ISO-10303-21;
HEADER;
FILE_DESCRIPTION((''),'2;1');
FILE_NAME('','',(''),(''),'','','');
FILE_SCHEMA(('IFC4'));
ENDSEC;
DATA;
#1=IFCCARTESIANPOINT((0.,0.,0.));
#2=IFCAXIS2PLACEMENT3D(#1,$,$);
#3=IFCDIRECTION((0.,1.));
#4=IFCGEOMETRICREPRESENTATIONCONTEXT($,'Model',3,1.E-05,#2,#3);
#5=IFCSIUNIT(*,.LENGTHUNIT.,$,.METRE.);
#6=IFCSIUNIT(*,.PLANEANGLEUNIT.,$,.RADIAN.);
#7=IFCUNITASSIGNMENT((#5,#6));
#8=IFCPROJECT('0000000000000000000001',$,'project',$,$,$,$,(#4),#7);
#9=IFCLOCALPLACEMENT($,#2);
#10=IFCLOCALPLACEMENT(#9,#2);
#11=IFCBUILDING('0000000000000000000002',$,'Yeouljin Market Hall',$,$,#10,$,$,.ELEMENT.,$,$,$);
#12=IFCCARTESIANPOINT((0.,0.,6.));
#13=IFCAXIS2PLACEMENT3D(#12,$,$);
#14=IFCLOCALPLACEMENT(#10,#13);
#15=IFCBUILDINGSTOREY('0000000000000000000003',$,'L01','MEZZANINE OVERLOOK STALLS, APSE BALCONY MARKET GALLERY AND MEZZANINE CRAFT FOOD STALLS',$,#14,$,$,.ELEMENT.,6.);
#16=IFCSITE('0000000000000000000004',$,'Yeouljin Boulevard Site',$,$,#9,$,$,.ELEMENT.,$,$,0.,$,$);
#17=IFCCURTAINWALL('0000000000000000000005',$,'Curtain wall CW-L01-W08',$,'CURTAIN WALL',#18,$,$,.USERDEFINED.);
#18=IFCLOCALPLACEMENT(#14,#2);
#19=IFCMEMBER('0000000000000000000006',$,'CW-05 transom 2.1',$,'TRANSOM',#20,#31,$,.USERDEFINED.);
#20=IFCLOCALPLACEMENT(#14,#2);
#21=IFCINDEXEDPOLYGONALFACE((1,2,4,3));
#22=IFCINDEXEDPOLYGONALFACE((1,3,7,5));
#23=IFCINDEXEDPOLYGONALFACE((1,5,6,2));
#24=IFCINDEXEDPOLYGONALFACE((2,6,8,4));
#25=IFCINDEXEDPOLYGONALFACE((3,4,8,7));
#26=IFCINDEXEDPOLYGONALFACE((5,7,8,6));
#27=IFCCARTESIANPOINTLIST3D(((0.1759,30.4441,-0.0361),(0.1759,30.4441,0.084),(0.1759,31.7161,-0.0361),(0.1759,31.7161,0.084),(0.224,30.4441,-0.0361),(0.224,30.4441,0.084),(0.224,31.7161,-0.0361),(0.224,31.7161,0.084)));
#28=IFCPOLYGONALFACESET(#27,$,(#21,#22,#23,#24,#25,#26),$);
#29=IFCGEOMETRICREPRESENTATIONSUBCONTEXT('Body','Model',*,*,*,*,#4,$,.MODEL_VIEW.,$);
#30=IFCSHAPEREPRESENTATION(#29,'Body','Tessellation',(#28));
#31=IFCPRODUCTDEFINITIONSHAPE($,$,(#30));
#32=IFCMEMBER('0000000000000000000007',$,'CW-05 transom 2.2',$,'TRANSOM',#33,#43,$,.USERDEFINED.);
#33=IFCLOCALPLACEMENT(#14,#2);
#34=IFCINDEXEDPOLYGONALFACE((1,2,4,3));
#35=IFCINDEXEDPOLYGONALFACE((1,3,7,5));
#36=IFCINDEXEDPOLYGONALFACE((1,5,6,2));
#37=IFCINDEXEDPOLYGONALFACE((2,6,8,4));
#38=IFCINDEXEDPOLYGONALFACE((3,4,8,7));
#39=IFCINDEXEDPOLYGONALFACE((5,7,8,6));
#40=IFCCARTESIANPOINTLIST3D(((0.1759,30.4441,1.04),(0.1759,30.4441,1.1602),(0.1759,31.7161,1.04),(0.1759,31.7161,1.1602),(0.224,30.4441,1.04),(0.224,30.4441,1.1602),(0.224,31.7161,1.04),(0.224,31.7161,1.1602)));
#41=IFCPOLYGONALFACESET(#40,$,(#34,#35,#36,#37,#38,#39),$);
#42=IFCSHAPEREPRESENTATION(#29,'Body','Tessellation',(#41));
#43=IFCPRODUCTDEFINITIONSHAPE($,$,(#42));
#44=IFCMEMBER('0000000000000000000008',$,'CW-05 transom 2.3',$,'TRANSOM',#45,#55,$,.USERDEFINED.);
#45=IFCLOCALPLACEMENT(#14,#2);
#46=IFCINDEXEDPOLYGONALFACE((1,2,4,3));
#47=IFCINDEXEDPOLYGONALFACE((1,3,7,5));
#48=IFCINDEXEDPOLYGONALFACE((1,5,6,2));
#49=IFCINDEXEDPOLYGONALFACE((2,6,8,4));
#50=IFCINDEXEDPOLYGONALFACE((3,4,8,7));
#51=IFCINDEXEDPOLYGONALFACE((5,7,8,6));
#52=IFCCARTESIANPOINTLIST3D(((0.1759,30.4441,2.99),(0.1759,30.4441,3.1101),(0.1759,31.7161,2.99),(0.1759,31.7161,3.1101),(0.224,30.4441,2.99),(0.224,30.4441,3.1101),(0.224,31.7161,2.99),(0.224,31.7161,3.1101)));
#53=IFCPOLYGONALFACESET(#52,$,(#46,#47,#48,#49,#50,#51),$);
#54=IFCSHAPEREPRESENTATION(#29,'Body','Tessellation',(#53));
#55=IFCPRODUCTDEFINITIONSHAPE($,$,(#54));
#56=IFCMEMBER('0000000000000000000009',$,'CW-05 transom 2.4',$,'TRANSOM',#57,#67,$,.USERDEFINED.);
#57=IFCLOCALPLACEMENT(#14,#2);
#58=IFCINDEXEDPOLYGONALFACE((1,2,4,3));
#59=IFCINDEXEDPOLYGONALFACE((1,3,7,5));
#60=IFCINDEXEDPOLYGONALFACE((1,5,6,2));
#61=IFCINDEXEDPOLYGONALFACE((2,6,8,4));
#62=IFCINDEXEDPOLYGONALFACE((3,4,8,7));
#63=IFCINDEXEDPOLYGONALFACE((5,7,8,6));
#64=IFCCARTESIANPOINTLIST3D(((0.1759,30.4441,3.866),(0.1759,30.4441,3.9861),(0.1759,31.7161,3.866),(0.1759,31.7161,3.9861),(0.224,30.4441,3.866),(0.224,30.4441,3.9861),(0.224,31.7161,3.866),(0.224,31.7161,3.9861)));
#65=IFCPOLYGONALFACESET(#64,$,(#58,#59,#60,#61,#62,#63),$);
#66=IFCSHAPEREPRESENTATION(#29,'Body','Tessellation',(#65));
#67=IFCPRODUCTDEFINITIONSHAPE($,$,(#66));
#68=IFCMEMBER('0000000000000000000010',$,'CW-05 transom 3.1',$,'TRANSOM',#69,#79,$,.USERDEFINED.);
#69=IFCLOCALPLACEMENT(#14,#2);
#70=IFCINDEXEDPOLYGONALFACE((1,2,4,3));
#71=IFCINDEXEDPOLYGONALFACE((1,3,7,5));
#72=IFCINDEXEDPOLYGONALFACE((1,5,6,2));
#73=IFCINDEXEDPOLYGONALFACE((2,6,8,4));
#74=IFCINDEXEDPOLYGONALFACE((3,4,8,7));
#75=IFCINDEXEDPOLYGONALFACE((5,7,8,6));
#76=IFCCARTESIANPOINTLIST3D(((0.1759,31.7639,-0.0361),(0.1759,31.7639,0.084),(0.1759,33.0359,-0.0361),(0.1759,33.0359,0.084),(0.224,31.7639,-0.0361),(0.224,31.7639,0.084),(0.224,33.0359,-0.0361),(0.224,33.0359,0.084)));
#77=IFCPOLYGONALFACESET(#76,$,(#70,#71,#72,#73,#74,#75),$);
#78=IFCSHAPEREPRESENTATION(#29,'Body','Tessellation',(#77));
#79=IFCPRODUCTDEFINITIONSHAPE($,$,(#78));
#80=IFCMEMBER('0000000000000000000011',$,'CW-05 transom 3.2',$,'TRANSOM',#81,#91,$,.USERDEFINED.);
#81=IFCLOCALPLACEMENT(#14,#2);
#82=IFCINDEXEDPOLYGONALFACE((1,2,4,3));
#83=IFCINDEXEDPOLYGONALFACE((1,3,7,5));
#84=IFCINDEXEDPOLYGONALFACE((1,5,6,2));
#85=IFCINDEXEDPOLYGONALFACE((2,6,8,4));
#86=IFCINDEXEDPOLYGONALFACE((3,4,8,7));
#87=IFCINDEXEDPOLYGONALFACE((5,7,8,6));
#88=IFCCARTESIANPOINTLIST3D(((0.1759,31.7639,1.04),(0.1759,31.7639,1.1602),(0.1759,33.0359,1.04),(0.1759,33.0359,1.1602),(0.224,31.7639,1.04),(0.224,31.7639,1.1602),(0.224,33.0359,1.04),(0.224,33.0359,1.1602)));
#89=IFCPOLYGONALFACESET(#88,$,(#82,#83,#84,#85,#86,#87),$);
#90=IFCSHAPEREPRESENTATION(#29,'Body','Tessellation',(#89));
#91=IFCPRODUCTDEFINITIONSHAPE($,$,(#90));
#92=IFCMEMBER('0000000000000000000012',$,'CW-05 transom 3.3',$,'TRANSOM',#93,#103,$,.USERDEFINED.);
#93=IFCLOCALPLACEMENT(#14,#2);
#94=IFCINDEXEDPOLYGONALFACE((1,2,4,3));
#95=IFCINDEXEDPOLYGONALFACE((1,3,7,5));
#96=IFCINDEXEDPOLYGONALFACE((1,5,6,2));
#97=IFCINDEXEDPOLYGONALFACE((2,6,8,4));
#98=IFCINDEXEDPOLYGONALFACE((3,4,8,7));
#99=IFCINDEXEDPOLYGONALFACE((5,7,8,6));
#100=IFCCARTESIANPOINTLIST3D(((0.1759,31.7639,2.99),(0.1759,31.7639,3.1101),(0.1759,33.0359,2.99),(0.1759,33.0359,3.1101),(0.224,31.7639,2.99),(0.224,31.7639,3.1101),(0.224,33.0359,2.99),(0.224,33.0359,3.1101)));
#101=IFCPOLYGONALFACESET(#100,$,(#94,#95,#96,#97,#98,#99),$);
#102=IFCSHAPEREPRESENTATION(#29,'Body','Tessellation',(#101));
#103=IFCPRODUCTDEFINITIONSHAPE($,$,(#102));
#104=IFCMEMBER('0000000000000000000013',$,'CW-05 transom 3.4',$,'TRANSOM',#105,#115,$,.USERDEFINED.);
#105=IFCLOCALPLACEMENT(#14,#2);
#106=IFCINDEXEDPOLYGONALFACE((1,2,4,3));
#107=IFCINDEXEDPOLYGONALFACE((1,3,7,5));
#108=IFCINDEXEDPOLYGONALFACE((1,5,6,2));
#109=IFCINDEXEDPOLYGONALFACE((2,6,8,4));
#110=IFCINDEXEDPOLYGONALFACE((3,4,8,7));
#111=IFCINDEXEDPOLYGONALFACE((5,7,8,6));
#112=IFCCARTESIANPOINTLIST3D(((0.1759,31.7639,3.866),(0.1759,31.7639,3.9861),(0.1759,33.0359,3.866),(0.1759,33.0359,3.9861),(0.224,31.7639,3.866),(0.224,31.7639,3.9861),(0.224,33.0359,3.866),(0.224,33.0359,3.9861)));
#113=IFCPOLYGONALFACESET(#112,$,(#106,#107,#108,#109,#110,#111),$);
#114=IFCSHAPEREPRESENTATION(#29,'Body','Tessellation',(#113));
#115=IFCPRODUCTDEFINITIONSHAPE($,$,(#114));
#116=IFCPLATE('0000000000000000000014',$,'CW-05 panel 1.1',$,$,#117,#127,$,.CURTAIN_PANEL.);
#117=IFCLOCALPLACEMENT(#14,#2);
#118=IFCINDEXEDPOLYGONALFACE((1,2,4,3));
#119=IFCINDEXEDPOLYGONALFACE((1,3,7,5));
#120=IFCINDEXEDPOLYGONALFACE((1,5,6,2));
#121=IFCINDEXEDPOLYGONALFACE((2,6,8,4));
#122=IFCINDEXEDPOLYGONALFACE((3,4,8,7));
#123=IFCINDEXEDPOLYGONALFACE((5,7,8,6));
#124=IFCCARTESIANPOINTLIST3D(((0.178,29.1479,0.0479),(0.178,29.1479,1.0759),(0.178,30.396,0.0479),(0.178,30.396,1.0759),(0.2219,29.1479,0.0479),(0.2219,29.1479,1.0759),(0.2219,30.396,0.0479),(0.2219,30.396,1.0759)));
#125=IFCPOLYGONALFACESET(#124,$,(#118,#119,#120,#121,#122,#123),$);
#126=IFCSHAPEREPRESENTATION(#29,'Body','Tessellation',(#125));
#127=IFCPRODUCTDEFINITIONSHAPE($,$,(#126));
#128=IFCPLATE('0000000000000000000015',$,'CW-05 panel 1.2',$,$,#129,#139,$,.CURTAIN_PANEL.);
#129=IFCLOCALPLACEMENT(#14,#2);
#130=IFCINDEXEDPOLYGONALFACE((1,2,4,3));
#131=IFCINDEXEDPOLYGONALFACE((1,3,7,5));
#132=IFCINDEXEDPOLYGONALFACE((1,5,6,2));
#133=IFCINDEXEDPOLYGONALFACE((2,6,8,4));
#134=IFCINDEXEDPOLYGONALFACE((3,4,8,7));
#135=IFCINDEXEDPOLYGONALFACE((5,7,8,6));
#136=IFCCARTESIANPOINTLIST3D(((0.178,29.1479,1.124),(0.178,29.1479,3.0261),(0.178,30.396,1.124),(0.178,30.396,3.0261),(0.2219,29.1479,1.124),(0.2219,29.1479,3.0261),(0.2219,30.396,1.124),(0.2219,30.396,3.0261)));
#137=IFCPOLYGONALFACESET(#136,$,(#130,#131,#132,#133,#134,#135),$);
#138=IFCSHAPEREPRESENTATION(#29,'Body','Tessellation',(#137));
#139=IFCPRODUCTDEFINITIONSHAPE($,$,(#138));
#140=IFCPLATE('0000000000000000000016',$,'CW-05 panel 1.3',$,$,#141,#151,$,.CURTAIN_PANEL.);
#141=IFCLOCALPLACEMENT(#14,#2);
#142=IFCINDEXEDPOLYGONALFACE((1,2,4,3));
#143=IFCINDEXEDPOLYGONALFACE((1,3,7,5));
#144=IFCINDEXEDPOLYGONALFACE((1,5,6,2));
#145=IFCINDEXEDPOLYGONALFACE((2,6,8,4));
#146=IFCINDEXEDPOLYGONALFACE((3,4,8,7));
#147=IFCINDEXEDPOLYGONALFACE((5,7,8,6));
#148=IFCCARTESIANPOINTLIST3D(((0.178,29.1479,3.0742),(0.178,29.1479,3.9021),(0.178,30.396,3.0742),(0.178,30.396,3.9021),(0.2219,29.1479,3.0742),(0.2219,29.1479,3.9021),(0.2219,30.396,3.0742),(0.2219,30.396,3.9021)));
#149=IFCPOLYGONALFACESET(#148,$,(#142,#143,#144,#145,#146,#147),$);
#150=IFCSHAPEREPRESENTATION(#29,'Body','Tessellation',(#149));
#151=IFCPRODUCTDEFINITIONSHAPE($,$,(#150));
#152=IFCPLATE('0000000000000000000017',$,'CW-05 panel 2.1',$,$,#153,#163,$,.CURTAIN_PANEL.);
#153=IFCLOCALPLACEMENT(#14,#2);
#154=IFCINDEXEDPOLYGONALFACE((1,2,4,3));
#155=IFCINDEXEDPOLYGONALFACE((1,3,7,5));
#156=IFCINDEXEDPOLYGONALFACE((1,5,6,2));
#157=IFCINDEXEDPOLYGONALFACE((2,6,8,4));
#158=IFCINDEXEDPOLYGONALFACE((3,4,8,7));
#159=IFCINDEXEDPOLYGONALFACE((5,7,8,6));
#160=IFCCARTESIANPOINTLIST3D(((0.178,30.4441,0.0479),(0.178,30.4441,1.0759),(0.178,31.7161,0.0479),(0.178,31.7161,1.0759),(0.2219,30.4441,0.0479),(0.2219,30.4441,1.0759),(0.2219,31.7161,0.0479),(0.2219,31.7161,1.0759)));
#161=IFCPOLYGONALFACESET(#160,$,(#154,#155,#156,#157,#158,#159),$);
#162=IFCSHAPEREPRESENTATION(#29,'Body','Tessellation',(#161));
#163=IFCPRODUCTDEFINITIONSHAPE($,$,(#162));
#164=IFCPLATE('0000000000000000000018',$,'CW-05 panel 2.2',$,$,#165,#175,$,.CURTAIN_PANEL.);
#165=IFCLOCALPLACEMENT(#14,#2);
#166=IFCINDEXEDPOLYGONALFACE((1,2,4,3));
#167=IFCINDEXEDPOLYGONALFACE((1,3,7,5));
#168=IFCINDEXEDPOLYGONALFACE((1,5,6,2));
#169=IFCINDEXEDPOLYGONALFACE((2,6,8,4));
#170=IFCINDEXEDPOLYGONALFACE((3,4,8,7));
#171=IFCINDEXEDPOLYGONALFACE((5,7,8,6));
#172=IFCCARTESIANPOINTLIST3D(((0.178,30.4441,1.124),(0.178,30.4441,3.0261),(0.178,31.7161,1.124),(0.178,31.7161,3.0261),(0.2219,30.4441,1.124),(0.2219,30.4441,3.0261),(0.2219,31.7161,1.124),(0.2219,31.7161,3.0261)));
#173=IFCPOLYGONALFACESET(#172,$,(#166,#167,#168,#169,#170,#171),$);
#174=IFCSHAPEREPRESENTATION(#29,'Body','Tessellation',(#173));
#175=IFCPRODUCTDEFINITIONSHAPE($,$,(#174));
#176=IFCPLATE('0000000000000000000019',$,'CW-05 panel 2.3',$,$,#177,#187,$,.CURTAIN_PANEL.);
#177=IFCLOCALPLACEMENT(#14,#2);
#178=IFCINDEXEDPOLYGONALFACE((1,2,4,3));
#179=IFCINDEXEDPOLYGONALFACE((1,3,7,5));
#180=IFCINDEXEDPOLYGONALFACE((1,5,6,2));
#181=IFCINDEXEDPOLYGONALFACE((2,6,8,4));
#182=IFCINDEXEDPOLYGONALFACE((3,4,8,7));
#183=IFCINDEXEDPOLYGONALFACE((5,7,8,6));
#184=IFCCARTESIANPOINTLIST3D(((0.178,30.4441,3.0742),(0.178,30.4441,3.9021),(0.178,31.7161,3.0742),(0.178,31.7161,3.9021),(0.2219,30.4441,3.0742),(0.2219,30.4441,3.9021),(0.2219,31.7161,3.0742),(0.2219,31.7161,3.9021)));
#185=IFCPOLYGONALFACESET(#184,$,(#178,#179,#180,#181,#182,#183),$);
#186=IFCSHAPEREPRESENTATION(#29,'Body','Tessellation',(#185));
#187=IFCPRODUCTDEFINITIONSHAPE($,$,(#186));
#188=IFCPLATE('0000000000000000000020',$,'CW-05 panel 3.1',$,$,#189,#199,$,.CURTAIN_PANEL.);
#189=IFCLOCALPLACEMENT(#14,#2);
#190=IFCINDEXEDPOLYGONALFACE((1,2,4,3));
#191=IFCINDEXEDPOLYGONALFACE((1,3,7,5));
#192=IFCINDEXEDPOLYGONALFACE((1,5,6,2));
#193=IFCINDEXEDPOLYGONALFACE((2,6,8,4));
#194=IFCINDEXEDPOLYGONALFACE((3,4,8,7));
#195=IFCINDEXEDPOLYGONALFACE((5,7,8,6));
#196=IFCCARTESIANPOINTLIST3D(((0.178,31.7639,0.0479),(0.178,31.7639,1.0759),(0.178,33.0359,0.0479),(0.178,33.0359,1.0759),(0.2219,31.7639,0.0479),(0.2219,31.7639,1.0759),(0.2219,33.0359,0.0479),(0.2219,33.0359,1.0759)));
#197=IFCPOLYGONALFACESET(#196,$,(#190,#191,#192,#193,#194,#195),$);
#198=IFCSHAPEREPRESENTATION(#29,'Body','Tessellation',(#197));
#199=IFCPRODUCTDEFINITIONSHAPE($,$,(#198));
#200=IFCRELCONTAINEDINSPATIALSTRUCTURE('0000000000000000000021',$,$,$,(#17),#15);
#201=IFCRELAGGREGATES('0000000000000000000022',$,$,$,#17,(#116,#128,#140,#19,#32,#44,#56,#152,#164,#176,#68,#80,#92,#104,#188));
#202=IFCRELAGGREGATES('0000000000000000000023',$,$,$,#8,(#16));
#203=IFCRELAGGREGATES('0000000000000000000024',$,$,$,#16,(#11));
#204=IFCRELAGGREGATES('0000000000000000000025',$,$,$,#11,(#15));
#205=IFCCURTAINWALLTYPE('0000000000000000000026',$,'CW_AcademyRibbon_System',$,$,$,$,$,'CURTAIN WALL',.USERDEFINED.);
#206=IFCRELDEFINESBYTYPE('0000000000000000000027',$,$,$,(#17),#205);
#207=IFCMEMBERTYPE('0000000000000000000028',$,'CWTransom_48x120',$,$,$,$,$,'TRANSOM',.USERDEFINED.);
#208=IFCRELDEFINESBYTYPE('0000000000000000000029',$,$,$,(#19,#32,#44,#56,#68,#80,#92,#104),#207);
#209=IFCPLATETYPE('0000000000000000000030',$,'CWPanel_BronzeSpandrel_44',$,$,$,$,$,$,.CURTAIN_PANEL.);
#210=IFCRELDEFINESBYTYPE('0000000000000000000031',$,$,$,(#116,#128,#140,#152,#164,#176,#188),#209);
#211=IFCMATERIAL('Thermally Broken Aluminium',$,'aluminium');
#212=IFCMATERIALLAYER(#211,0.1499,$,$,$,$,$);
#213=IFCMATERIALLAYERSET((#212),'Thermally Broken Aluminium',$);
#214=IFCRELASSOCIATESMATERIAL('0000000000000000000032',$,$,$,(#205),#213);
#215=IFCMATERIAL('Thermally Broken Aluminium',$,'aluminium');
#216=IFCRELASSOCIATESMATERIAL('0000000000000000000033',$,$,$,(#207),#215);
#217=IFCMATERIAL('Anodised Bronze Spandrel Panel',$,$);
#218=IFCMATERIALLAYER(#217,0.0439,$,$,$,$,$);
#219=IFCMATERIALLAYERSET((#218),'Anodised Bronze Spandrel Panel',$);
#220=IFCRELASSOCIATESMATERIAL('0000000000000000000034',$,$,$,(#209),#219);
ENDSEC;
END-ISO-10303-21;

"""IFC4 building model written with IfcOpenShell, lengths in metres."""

from ifc_helpers import new_model, si_unit, direction, frame, origin, origin_2d, place, context, subcontext, project, spatial, rectangle, extrude, material, layer, layer_set, material_profile, profile_set, type_object, element, aggregate, save


model = new_model("IFC4")

# Units and contexts
model_context = context("Model", 3, precision=1e-05, world=origin(), true_north=direction((0.0, 1.0)))
body_context = subcontext(model_context, "Body", "Model", "MODEL_VIEW")
ifc_project = project(units=[si_unit("LENGTHUNIT", "METRE"), si_unit("PLANEANGLEUNIT", "RADIAN")], contexts=[model_context])

# Site, building, storey
site_placement = place(None, origin())
site = spatial("IfcSite", under=ifc_project, at=site_placement, Name="Yeouljin Boulevard Site", CompositionType="ELEMENT", RefElevation=0.0)
building_placement = place(site_placement, origin())
building = spatial("IfcBuilding", under=site, at=building_placement, Name="Yeouljin Market Hall", CompositionType="ELEMENT")
storey_placement = place(building_placement, frame((0.0, 0.0, 6.0)))
storey = spatial("IfcBuildingStorey", under=building, at=storey_placement, Name="L01", Description="MEZZANINE OVERLOOK STALLS, APSE BALCONY MARKET GALLERY AND MEZZANINE CRAFT FOOD STALLS", CompositionType="ELEMENT", Elevation=6.0)

# Curtain wall, members, plates
ifc_material_1 = material(Name="Thermally Broken Aluminium", Category="aluminium")
ifc_layer_1 = layer(ifc_material_1, 0.1499)
ifc_layer_set_1 = layer_set([ifc_layer_1], Name="Thermally Broken Aluminium")
curtain_wall_type = type_object("IfcCurtainWallType", Name="CW_AcademyRibbon_System", ElementType="CURTAIN WALL", PredefinedType="USERDEFINED", material=ifc_layer_set_1)
curtain_wall_placement = place(storey_placement, origin())
curtain_wall = element("IfcCurtainWall", 1, at=curtain_wall_placement, inside=storey, type_object=curtain_wall_type, Name="Curtain wall CW-L01-W08", ObjectType="CURTAIN WALL", PredefinedType="USERDEFINED")
ifc_material_2 = material(Name="Thermally Broken Aluminium", Category="aluminium")
ifc_material_profile_1 = material_profile(ifc_material_2, rectangle(XDim=0.0481, YDim=0.1201, at=origin_2d()), Name="CW-TRAN-48x120")
ifc_profile_set_1 = profile_set([ifc_material_profile_1], Name="Thermally Broken Aluminium")
member_type_1 = type_object("IfcMemberType", Name="CWTransom_48x120", ElementType="TRANSOM", PredefinedType="USERDEFINED", material=ifc_profile_set_1)
member_1_placement = place(storey_placement, frame((0.2, 30.4441, 0.0239), z_axis=(0.0, 1.0, 0.0), x_axis=(-1.0, 0.0, 0.0)))
member_1 = element("IfcMember", 2, at=member_1_placement, type_object=member_type_1, Name="CW-05 transom 2.1", ObjectType="TRANSOM", PredefinedType="USERDEFINED", context=body_context, shape_type="SweptSolid", body=[
    extrude(rectangle(XDim=0.0481, YDim=0.1201, at=origin_2d()), origin(), (0.0, 0.0, 1.0), 1.272),
])
member_2_placement = place(storey_placement, frame((0.2, 30.4441, 1.1001), z_axis=(0.0, 1.0, 0.0), x_axis=(-1.0, 0.0, 0.0)))
member_2 = element("IfcMember", 3, at=member_2_placement, type_object=member_type_1, Name="CW-05 transom 2.2", ObjectType="TRANSOM", PredefinedType="USERDEFINED", context=body_context, shape_type="SweptSolid", body=[
    extrude(rectangle(XDim=0.0481, YDim=0.1201, at=origin_2d()), origin(), (0.0, 0.0, 1.0), 1.272),
])
member_3_placement = place(storey_placement, frame((0.2, 30.4441, 3.05), z_axis=(0.0, 1.0, 0.0), x_axis=(-1.0, 0.0, 0.0)))
member_3 = element("IfcMember", 4, at=member_3_placement, type_object=member_type_1, Name="CW-05 transom 2.3", ObjectType="TRANSOM", PredefinedType="USERDEFINED", context=body_context, shape_type="SweptSolid", body=[
    extrude(rectangle(XDim=0.0481, YDim=0.1201, at=origin_2d()), origin(), (0.0, 0.0, 1.0), 1.272),
])
member_4_placement = place(storey_placement, frame((0.2, 30.4441, 3.926), z_axis=(0.0, 1.0, 0.0), x_axis=(-1.0, 0.0, 0.0)))
member_4 = element("IfcMember", 5, at=member_4_placement, type_object=member_type_1, Name="CW-05 transom 2.4", ObjectType="TRANSOM", PredefinedType="USERDEFINED", context=body_context, shape_type="SweptSolid", body=[
    extrude(rectangle(XDim=0.0481, YDim=0.1201, at=origin_2d()), origin(), (0.0, 0.0, 1.0), 1.272),
])
member_5_placement = place(storey_placement, frame((0.2, 31.7639, 0.0239), z_axis=(0.0, 1.0, 0.0), x_axis=(-1.0, 0.0, 0.0)))
member_5 = element("IfcMember", 6, at=member_5_placement, type_object=member_type_1, Name="CW-05 transom 3.1", ObjectType="TRANSOM", PredefinedType="USERDEFINED", context=body_context, shape_type="SweptSolid", body=[
    extrude(rectangle(XDim=0.0481, YDim=0.1201, at=origin_2d()), origin(), (0.0, 0.0, 1.0), 1.272),
])
member_6_placement = place(storey_placement, frame((0.2, 31.7639, 1.1001), z_axis=(0.0, 1.0, 0.0), x_axis=(-1.0, 0.0, 0.0)))
member_6 = element("IfcMember", 7, at=member_6_placement, type_object=member_type_1, Name="CW-05 transom 3.2", ObjectType="TRANSOM", PredefinedType="USERDEFINED", context=body_context, shape_type="SweptSolid", body=[
    extrude(rectangle(XDim=0.0481, YDim=0.1201, at=origin_2d()), origin(), (0.0, 0.0, 1.0), 1.272),
])
member_7_placement = place(storey_placement, frame((0.2, 31.7639, 3.05), z_axis=(0.0, 1.0, 0.0), x_axis=(-1.0, 0.0, 0.0)))
member_7 = element("IfcMember", 8, at=member_7_placement, type_object=member_type_1, Name="CW-05 transom 3.3", ObjectType="TRANSOM", PredefinedType="USERDEFINED", context=body_context, shape_type="SweptSolid", body=[
    extrude(rectangle(XDim=0.0481, YDim=0.1201, at=origin_2d()), origin(), (0.0, 0.0, 1.0), 1.272),
])
member_8_placement = place(storey_placement, frame((0.2, 31.7639, 3.926), z_axis=(0.0, 1.0, 0.0), x_axis=(-1.0, 0.0, 0.0)))
member_8 = element("IfcMember", 9, at=member_8_placement, type_object=member_type_1, Name="CW-05 transom 3.4", ObjectType="TRANSOM", PredefinedType="USERDEFINED", context=body_context, shape_type="SweptSolid", body=[
    extrude(rectangle(XDim=0.0481, YDim=0.1201, at=origin_2d()), origin(), (0.0, 0.0, 1.0), 1.272),
])
ifc_material_3 = material(Name="Anodised Bronze Spandrel Panel")
ifc_layer_2 = layer(ifc_material_3, 0.0439)
ifc_layer_set_2 = layer_set([ifc_layer_2], Name="Anodised Bronze Spandrel Panel")
plate_type = type_object("IfcPlateType", Name="CWPanel_BronzeSpandrel_44", PredefinedType="CURTAIN_PANEL", material=ifc_layer_set_2)
plate_1_placement = place(storey_placement, frame((0.2, 29.772, 0.0479), z_axis=(0.0, 0.0, 1.0), x_axis=(0.0, 1.0, 0.0)))
plate_1 = element("IfcPlate", 10, at=plate_1_placement, type_object=plate_type, Name="CW-05 panel 1.1", PredefinedType="CURTAIN_PANEL", context=body_context, shape_type="SweptSolid", body=[
    extrude(rectangle(XDim=1.248, YDim=0.0439, at=origin_2d()), origin(), (0.0, 0.0, 1.0), 1.0281),
])
plate_2_placement = place(storey_placement, frame((0.2, 29.772, 1.124), z_axis=(0.0, 0.0, 1.0), x_axis=(0.0, 1.0, 0.0)))
plate_2 = element("IfcPlate", 11, at=plate_2_placement, type_object=plate_type, Name="CW-05 panel 1.2", PredefinedType="CURTAIN_PANEL", context=body_context, shape_type="SweptSolid", body=[
    extrude(rectangle(XDim=1.248, YDim=0.0439, at=origin_2d()), origin(), (0.0, 0.0, 1.0), 1.9021),
])
plate_3_placement = place(storey_placement, frame((0.2, 29.772, 3.0742), z_axis=(0.0, 0.0, 1.0), x_axis=(0.0, 1.0, 0.0)))
plate_3 = element("IfcPlate", 12, at=plate_3_placement, type_object=plate_type, Name="CW-05 panel 1.3", PredefinedType="CURTAIN_PANEL", context=body_context, shape_type="SweptSolid", body=[
    extrude(rectangle(XDim=1.248, YDim=0.0439, at=origin_2d()), origin(), (0.0, 0.0, 1.0), 0.8279),
])
plate_4_placement = place(storey_placement, frame((0.2, 31.0801, 0.0479), z_axis=(0.0, 0.0, 1.0), x_axis=(0.0, 1.0, 0.0)))
plate_4 = element("IfcPlate", 13, at=plate_4_placement, type_object=plate_type, Name="CW-05 panel 2.1", PredefinedType="CURTAIN_PANEL", context=body_context, shape_type="SweptSolid", body=[
    extrude(rectangle(XDim=1.272, YDim=0.0439, at=origin_2d()), origin(), (0.0, 0.0, 1.0), 1.0281),
])
plate_5_placement = place(storey_placement, frame((0.2, 31.0801, 1.124), z_axis=(0.0, 0.0, 1.0), x_axis=(0.0, 1.0, 0.0)))
plate_5 = element("IfcPlate", 14, at=plate_5_placement, type_object=plate_type, Name="CW-05 panel 2.2", PredefinedType="CURTAIN_PANEL", context=body_context, shape_type="SweptSolid", body=[
    extrude(rectangle(XDim=1.272, YDim=0.0439, at=origin_2d()), origin(), (0.0, 0.0, 1.0), 1.9021),
])
plate_6_placement = place(storey_placement, frame((0.2, 31.0801, 3.0742), z_axis=(0.0, 0.0, 1.0), x_axis=(0.0, 1.0, 0.0)))
plate_6 = element("IfcPlate", 15, at=plate_6_placement, type_object=plate_type, Name="CW-05 panel 2.3", PredefinedType="CURTAIN_PANEL", context=body_context, shape_type="SweptSolid", body=[
    extrude(rectangle(XDim=1.272, YDim=0.0439, at=origin_2d()), origin(), (0.0, 0.0, 1.0), 0.8279),
])
plate_7_placement = place(storey_placement, frame((0.2, 32.3999, 0.0479), z_axis=(0.0, 0.0, 1.0), x_axis=(0.0, 1.0, 0.0)))
plate_7 = element("IfcPlate", 16, at=plate_7_placement, type_object=plate_type, Name="CW-05 panel 3.1", PredefinedType="CURTAIN_PANEL", context=body_context, shape_type="SweptSolid", body=[
    extrude(rectangle(XDim=1.272, YDim=0.0439, at=origin_2d()), origin(), (0.0, 0.0, 1.0), 1.0281),
])
aggregate(curtain_wall, [plate_1, plate_2, plate_3, member_1, member_2, member_3, member_4, plate_4, plate_5, plate_6, member_5, member_6, member_7, member_8, plate_7])

save(model, "model.ifc")
